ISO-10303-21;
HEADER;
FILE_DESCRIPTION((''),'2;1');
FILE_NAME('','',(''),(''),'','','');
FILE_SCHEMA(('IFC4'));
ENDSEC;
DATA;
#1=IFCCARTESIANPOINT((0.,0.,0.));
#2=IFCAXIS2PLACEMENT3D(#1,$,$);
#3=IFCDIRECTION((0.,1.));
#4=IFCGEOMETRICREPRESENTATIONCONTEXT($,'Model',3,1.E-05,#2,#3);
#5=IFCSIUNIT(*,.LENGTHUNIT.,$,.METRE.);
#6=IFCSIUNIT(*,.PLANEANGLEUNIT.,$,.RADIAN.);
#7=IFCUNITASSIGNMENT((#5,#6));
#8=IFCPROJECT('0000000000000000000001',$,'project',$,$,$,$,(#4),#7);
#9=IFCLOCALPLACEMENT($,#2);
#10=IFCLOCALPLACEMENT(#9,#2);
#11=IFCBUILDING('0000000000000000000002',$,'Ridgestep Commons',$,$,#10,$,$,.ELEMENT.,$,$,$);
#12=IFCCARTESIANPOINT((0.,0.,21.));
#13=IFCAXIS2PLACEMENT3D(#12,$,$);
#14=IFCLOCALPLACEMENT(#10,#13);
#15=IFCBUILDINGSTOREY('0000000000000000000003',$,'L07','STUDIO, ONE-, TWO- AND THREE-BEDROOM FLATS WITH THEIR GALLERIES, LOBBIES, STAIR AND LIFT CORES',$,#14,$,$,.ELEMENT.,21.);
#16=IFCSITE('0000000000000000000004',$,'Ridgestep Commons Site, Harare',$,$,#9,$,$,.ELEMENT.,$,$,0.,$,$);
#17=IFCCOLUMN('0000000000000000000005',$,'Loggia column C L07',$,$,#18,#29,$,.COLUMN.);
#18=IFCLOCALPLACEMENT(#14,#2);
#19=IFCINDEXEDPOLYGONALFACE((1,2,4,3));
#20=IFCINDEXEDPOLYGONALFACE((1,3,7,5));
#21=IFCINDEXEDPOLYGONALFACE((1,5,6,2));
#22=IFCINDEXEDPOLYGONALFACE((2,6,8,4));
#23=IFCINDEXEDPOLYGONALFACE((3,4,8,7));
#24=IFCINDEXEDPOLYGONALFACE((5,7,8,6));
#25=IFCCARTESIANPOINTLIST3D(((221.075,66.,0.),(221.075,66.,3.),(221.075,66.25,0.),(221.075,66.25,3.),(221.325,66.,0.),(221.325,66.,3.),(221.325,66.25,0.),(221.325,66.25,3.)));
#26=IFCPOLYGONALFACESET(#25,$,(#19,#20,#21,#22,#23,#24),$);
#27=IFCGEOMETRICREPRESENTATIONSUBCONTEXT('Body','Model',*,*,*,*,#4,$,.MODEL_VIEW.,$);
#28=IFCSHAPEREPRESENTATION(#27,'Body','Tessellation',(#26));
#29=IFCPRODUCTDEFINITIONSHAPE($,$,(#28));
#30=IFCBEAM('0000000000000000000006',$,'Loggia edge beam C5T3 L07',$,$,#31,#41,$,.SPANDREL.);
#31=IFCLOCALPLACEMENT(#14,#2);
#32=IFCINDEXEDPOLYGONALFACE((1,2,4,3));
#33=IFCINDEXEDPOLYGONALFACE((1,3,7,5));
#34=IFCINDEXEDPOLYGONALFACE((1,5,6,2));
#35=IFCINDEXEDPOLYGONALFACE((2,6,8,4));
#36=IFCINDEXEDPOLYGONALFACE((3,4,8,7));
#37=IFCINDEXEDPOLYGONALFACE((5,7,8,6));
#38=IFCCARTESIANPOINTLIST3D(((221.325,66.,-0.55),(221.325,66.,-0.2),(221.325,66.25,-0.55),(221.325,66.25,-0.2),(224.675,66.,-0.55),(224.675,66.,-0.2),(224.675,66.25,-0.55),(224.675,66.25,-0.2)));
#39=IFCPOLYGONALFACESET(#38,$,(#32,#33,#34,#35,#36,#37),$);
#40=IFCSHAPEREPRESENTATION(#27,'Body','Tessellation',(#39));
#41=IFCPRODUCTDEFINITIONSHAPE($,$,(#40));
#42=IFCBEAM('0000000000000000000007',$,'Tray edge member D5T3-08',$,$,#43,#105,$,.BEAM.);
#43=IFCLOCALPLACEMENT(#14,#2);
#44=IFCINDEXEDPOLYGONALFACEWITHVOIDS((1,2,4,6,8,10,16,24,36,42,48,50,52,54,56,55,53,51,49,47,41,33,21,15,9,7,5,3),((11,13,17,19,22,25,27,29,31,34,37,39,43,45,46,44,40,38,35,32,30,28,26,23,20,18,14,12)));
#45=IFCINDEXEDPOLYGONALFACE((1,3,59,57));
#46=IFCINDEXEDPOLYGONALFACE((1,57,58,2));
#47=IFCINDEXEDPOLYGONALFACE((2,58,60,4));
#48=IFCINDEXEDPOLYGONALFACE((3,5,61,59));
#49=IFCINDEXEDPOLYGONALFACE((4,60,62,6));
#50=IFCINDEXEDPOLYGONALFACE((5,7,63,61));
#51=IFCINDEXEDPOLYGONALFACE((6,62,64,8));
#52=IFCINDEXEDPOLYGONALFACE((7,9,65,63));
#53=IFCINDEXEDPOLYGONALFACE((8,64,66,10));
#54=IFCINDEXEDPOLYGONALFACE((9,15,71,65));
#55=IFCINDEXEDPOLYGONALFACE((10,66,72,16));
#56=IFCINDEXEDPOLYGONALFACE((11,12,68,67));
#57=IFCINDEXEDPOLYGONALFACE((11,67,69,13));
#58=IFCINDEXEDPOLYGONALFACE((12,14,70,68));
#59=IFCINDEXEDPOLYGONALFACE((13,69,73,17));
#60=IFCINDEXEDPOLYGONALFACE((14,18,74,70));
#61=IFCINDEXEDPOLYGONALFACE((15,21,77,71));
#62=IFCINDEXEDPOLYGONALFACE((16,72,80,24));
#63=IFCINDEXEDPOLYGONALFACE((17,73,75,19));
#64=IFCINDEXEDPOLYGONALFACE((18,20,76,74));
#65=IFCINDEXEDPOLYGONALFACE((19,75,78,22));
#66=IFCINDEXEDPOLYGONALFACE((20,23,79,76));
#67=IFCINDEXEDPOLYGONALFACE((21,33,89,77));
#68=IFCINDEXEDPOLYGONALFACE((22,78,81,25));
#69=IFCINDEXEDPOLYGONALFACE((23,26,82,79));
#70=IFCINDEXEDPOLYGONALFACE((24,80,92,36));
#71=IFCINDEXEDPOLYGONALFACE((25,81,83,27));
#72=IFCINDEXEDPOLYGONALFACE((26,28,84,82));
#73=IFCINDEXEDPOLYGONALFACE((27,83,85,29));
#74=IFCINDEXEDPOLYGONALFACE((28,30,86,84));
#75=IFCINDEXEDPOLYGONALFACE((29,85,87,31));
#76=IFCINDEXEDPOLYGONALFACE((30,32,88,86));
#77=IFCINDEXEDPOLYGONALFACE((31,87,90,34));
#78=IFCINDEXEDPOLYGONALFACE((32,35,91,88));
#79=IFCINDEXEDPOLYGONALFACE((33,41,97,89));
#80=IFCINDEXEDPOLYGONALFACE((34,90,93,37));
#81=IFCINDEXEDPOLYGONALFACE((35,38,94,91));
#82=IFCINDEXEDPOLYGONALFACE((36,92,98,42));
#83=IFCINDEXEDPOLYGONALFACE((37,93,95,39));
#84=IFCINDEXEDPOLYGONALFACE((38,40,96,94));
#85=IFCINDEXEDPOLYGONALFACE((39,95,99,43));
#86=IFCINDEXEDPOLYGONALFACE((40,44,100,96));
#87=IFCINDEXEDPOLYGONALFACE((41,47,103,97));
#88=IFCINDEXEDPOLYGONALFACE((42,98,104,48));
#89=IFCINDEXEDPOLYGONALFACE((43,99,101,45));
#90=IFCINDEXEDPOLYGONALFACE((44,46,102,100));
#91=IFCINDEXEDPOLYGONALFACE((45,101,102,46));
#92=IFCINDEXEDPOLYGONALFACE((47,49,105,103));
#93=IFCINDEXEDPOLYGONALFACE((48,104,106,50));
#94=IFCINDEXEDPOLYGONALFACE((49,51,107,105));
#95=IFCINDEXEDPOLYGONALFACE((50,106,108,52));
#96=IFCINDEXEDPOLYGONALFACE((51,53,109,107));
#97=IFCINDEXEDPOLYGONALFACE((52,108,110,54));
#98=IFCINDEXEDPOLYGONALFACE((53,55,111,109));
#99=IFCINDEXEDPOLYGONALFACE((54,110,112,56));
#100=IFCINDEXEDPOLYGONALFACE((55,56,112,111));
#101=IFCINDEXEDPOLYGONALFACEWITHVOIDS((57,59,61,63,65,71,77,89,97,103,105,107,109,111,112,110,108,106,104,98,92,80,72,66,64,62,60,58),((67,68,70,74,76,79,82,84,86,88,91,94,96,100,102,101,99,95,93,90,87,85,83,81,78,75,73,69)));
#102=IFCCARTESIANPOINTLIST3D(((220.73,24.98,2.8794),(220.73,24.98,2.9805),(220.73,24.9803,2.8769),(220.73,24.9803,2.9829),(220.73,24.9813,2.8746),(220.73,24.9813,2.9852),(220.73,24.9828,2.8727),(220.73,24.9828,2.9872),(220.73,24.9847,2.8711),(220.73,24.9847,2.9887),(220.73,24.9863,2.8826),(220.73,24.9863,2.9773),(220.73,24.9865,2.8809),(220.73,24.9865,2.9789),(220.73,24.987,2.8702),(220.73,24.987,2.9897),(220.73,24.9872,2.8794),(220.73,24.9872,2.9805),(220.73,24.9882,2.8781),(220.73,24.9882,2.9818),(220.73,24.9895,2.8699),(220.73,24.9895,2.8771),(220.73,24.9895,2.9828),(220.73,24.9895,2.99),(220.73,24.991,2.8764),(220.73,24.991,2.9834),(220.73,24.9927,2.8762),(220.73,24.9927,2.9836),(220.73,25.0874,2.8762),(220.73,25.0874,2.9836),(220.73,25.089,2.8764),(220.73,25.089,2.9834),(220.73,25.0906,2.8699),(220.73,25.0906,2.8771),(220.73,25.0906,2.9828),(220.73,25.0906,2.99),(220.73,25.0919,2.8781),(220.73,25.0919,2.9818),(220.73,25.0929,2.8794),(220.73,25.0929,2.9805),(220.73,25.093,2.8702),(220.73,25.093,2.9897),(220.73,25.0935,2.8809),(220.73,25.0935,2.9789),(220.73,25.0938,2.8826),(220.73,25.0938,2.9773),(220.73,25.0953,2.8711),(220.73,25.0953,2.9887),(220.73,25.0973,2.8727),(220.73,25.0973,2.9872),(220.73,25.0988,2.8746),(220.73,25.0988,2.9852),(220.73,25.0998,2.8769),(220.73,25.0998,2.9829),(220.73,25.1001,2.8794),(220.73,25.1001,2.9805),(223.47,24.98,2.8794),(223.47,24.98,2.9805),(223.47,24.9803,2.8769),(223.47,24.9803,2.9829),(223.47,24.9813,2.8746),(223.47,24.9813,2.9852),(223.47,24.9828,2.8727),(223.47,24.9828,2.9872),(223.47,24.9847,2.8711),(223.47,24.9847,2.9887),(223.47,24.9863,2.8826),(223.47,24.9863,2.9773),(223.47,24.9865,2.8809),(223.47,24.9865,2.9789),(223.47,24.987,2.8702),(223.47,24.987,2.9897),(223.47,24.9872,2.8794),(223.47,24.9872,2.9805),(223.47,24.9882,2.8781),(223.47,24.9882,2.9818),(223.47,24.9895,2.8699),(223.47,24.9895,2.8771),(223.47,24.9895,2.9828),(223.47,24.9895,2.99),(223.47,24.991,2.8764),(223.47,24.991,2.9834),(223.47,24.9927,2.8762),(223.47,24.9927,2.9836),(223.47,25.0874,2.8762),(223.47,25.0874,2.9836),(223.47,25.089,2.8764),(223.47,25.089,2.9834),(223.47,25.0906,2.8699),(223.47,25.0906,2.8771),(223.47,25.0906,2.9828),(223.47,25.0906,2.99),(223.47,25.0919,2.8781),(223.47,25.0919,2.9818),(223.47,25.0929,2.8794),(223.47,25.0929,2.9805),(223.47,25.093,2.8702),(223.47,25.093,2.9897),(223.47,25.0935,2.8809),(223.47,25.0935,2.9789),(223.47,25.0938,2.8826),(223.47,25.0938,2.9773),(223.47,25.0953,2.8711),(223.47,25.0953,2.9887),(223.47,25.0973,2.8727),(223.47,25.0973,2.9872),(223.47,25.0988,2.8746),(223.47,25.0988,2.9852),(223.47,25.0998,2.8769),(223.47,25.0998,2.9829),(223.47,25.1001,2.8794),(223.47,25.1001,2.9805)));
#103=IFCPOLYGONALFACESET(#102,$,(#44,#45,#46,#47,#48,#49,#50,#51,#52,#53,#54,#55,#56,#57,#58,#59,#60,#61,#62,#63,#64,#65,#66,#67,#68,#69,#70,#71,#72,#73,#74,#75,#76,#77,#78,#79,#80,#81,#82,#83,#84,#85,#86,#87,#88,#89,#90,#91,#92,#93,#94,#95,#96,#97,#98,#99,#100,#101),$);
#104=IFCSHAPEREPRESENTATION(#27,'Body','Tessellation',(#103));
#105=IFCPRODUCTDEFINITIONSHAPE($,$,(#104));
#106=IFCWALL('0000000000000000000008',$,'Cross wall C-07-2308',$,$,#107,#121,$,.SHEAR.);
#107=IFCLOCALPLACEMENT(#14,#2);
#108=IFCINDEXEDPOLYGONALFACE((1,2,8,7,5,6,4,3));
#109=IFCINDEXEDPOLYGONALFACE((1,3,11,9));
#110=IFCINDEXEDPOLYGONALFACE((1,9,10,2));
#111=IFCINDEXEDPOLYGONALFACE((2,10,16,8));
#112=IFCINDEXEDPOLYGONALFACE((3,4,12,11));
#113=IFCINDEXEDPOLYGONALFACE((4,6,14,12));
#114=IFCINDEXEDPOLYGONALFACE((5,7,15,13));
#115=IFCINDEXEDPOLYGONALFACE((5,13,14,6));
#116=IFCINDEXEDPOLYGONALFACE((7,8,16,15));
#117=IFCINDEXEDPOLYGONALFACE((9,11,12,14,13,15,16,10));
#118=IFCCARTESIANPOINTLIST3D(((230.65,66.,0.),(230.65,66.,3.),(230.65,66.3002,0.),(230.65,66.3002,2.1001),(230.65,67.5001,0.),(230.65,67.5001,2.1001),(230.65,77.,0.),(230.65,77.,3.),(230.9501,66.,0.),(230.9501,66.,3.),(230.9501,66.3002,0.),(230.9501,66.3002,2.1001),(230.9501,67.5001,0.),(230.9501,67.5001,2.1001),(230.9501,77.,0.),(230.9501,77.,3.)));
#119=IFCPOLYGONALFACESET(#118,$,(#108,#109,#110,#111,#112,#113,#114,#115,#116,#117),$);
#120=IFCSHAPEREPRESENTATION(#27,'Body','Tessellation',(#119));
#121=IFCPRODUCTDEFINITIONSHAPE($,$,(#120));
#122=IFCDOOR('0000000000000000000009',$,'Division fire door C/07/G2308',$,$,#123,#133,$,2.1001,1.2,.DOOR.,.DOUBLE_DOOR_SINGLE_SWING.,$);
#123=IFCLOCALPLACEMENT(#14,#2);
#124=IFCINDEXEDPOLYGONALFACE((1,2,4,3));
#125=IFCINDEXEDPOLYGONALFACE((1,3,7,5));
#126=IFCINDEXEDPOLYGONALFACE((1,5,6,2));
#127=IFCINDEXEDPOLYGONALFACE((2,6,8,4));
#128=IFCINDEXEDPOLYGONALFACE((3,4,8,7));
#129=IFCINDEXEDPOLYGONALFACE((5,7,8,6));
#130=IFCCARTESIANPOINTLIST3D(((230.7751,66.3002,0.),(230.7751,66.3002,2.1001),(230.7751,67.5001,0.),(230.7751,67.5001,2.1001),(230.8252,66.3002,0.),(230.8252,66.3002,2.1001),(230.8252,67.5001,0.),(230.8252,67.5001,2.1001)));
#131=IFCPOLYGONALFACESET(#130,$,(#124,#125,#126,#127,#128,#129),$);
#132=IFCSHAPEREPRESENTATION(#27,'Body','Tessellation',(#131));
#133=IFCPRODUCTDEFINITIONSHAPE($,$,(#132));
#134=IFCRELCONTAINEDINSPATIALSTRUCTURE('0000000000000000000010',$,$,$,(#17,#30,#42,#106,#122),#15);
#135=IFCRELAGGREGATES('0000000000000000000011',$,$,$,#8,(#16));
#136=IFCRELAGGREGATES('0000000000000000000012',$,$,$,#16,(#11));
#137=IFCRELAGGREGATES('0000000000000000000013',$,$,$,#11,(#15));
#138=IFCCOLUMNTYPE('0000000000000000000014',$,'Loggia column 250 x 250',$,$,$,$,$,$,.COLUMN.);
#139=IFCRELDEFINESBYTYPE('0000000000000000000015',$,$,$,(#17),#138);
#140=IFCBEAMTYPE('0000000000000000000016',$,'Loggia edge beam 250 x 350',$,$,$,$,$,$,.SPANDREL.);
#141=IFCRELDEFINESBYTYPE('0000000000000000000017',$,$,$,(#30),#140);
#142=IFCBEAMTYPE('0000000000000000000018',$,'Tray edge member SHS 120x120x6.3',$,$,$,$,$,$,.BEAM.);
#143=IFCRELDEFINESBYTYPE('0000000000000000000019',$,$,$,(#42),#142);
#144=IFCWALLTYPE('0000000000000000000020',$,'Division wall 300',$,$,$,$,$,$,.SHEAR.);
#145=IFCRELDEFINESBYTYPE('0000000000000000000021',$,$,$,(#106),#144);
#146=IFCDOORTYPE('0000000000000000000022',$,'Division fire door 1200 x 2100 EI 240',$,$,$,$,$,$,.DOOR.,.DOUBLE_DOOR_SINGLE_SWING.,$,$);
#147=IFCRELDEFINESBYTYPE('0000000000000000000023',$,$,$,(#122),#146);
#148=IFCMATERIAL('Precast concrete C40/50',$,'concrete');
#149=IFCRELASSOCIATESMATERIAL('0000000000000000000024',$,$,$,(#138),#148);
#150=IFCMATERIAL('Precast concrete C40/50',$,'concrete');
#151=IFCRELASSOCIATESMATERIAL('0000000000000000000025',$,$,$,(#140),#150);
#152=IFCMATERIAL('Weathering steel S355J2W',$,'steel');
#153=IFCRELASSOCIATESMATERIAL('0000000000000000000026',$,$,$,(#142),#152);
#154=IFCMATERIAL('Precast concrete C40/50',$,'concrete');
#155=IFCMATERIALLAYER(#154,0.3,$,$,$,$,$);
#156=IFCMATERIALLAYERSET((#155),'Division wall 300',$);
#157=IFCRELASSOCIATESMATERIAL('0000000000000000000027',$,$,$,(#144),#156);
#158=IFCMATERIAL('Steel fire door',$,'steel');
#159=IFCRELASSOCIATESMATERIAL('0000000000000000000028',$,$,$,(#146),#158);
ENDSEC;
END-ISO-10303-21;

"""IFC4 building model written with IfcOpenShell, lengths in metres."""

from ifc_helpers import new_model, si_unit, direction, frame, frame_2d, origin, origin_2d, place, context, subcontext, project, spatial, rectangle, hollow_rectangle, extrude, material, layer, layer_set, material_profile, profile_set, type_object, element, fill, save


model = new_model("IFC4")

# Units and contexts
model_context = context("Model", 3, precision=1e-05, world=origin(), true_north=direction((0.0, 1.0)))
body_context = subcontext(model_context, "Body", "Model", "MODEL_VIEW")
ifc_project = project(units=[si_unit("LENGTHUNIT", "METRE"), si_unit("PLANEANGLEUNIT", "RADIAN")], contexts=[model_context])

# Site, building, storey
site_placement = place(None, origin())
site = spatial("IfcSite", under=ifc_project, at=site_placement, Name="Ridgestep Commons Site, Harare", CompositionType="ELEMENT", RefElevation=0.0)
building_placement = place(site_placement, origin())
building = spatial("IfcBuilding", under=site, at=building_placement, Name="Ridgestep Commons", CompositionType="ELEMENT")
storey_placement = place(building_placement, frame((0.0, 0.0, 21.0)))
storey = spatial("IfcBuildingStorey", under=building, at=storey_placement, Name="L07", Description="STUDIO, ONE-, TWO- AND THREE-BEDROOM FLATS WITH THEIR GALLERIES, LOBBIES, STAIR AND LIFT CORES", CompositionType="ELEMENT", Elevation=21.0)

# Column
ifc_material_1 = material(Name="Precast concrete C40/50", Category="concrete")
ifc_material_profile_1 = material_profile(ifc_material_1, rectangle(XDim=0.25, YDim=0.25, at=origin_2d()), Name="PC 250x250")
ifc_profile_set_1 = profile_set([ifc_material_profile_1], Name="Precast concrete C40/50")
column_type = type_object("IfcColumnType", Name="Loggia column 250 x 250", PredefinedType="COLUMN", material=ifc_profile_set_1)
column_placement = place(storey_placement, frame((221.2, 66.125, 0.0), z_axis=(0.0, 0.0, 1.0), x_axis=(1.0, 0.0, 0.0)))
element("IfcColumn", 1, at=column_placement, inside=storey, type_object=column_type, Name="Loggia column C L07", PredefinedType="COLUMN", context=body_context, shape_type="SweptSolid", body=[
    extrude(rectangle(XDim=0.25, YDim=0.25, at=origin_2d()), origin(), (0.0, 0.0, 1.0), 3.0),
])

# Beams
ifc_material_2 = material(Name="Precast concrete C40/50", Category="concrete")
ifc_material_profile_2 = material_profile(ifc_material_2, rectangle(XDim=0.25, YDim=0.3501, at=origin_2d()), Name="PC 250x350")
ifc_profile_set_2 = profile_set([ifc_material_profile_2], Name="Precast concrete C40/50")
beam_type_1 = type_object("IfcBeamType", Name="Loggia edge beam 250 x 350", PredefinedType="SPANDREL", material=ifc_profile_set_2)
beam_1_placement = place(storey_placement, frame((221.325, 66.125, -0.375), z_axis=(1.0, 0.0, 0.0), x_axis=(0.0, 1.0, 0.0)))
element("IfcBeam", 2, at=beam_1_placement, inside=storey, type_object=beam_type_1, Name="Loggia edge beam C5T3 L07", PredefinedType="SPANDREL", context=body_context, shape_type="SweptSolid", body=[
    extrude(rectangle(XDim=0.25, YDim=0.3501, at=origin_2d()), origin(), (0.0, 0.0, 1.0), 3.3501),
])
ifc_material_3 = material(Name="Weathering steel S355J2W", Category="steel")
ifc_material_profile_3 = material_profile(ifc_material_3, hollow_rectangle(XDim=0.1201, YDim=0.1201, WallThickness=0.0063, InnerFilletRadius=0.0063, OuterFilletRadius=0.0095, at=origin_2d()), Name="SHS 120x120x6.3")
ifc_profile_set_3 = profile_set([ifc_material_profile_3], Name="Weathering steel S355J2W")
beam_type_2 = type_object("IfcBeamType", Name="Tray edge member SHS 120x120x6.3", PredefinedType="BEAM", material=ifc_profile_set_3)
beam_2_placement = place(storey_placement, frame((220.73, 25.04, 2.9299), z_axis=(1.0, 0.0, 0.0), x_axis=(0.0, 0.0, 1.0)))
element("IfcBeam", 3, at=beam_2_placement, inside=storey, type_object=beam_type_2, Name="Tray edge member D5T3-08", PredefinedType="BEAM", context=body_context, shape_type="SweptSolid", body=[
    extrude(hollow_rectangle(XDim=0.1201, YDim=0.1201, WallThickness=0.0063, InnerFilletRadius=0.0063, OuterFilletRadius=0.0095, at=origin_2d()), origin(), (0.0, 0.0, 1.0), 2.74),
])

# Wall, opening, door
ifc_material_4 = material(Name="Precast concrete C40/50", Category="concrete")
ifc_layer_1 = layer(ifc_material_4, 0.3)
ifc_layer_set_1 = layer_set([ifc_layer_1], Name="Division wall 300")
wall_type = type_object("IfcWallType", Name="Division wall 300", PredefinedType="SHEAR", material=ifc_layer_set_1)
wall_placement = place(storey_placement, frame((230.8, 66.0, 0.0), z_axis=(0.0, 0.0, 1.0), x_axis=(0.0, 1.0, 0.0)))
wall = element("IfcWall", 4, at=wall_placement, inside=storey, type_object=wall_type, Name="Cross wall C-07-2308", PredefinedType="SHEAR", context=body_context, shape_type="SweptSolid", body=[
    extrude(rectangle(XDim=11.0, YDim=0.3, at=frame_2d((5.5, 0.0))), origin(), (0.0, 0.0, 1.0), 3.0),
])
opening_placement = place(wall_placement, frame((0.3, 0.0, 0.0)))
opening = element("IfcOpeningElement", 5, at=opening_placement, cuts=wall, PredefinedType="OPENING", context=body_context, shape_type="SweptSolid", body=[
    extrude(rectangle(XDim=1.2, YDim=2.1001, at=frame_2d((0.6001, 1.05))), frame((0.0, 0.1599, 0.0), z_axis=(0.0, -1.0, 0.0), x_axis=(1.0, 0.0, 0.0)), (0.0, 0.0, 1.0), 0.3201),
])
ifc_material_5 = material(Name="Steel fire door", Category="steel")
door_type = type_object("IfcDoorType", Name="Division fire door 1200 x 2100 EI 240", OperationType="DOUBLE_DOOR_SINGLE_SWING", PredefinedType="DOOR", material=ifc_material_5)
door_placement = place(opening_placement, origin())
door = element("IfcDoor", 6, at=door_placement, inside=storey, type_object=door_type, Name="Division fire door C/07/G2308", OperationType="DOUBLE_DOOR_SINGLE_SWING", OverallHeight=2.1001, OverallWidth=1.2, PredefinedType="DOOR", context=body_context, shape_type="SweptSolid", body=[
    extrude(rectangle(XDim=1.2, YDim=2.1001, at=frame_2d((0.6001, 1.05))), frame((0.0, 0.0249, 0.0), z_axis=(0.0, -1.0, 0.0), x_axis=(1.0, 0.0, 0.0)), (0.0, 0.0, 1.0), 0.05),
])
fill(opening, door)

save(model, "model.ifc")
